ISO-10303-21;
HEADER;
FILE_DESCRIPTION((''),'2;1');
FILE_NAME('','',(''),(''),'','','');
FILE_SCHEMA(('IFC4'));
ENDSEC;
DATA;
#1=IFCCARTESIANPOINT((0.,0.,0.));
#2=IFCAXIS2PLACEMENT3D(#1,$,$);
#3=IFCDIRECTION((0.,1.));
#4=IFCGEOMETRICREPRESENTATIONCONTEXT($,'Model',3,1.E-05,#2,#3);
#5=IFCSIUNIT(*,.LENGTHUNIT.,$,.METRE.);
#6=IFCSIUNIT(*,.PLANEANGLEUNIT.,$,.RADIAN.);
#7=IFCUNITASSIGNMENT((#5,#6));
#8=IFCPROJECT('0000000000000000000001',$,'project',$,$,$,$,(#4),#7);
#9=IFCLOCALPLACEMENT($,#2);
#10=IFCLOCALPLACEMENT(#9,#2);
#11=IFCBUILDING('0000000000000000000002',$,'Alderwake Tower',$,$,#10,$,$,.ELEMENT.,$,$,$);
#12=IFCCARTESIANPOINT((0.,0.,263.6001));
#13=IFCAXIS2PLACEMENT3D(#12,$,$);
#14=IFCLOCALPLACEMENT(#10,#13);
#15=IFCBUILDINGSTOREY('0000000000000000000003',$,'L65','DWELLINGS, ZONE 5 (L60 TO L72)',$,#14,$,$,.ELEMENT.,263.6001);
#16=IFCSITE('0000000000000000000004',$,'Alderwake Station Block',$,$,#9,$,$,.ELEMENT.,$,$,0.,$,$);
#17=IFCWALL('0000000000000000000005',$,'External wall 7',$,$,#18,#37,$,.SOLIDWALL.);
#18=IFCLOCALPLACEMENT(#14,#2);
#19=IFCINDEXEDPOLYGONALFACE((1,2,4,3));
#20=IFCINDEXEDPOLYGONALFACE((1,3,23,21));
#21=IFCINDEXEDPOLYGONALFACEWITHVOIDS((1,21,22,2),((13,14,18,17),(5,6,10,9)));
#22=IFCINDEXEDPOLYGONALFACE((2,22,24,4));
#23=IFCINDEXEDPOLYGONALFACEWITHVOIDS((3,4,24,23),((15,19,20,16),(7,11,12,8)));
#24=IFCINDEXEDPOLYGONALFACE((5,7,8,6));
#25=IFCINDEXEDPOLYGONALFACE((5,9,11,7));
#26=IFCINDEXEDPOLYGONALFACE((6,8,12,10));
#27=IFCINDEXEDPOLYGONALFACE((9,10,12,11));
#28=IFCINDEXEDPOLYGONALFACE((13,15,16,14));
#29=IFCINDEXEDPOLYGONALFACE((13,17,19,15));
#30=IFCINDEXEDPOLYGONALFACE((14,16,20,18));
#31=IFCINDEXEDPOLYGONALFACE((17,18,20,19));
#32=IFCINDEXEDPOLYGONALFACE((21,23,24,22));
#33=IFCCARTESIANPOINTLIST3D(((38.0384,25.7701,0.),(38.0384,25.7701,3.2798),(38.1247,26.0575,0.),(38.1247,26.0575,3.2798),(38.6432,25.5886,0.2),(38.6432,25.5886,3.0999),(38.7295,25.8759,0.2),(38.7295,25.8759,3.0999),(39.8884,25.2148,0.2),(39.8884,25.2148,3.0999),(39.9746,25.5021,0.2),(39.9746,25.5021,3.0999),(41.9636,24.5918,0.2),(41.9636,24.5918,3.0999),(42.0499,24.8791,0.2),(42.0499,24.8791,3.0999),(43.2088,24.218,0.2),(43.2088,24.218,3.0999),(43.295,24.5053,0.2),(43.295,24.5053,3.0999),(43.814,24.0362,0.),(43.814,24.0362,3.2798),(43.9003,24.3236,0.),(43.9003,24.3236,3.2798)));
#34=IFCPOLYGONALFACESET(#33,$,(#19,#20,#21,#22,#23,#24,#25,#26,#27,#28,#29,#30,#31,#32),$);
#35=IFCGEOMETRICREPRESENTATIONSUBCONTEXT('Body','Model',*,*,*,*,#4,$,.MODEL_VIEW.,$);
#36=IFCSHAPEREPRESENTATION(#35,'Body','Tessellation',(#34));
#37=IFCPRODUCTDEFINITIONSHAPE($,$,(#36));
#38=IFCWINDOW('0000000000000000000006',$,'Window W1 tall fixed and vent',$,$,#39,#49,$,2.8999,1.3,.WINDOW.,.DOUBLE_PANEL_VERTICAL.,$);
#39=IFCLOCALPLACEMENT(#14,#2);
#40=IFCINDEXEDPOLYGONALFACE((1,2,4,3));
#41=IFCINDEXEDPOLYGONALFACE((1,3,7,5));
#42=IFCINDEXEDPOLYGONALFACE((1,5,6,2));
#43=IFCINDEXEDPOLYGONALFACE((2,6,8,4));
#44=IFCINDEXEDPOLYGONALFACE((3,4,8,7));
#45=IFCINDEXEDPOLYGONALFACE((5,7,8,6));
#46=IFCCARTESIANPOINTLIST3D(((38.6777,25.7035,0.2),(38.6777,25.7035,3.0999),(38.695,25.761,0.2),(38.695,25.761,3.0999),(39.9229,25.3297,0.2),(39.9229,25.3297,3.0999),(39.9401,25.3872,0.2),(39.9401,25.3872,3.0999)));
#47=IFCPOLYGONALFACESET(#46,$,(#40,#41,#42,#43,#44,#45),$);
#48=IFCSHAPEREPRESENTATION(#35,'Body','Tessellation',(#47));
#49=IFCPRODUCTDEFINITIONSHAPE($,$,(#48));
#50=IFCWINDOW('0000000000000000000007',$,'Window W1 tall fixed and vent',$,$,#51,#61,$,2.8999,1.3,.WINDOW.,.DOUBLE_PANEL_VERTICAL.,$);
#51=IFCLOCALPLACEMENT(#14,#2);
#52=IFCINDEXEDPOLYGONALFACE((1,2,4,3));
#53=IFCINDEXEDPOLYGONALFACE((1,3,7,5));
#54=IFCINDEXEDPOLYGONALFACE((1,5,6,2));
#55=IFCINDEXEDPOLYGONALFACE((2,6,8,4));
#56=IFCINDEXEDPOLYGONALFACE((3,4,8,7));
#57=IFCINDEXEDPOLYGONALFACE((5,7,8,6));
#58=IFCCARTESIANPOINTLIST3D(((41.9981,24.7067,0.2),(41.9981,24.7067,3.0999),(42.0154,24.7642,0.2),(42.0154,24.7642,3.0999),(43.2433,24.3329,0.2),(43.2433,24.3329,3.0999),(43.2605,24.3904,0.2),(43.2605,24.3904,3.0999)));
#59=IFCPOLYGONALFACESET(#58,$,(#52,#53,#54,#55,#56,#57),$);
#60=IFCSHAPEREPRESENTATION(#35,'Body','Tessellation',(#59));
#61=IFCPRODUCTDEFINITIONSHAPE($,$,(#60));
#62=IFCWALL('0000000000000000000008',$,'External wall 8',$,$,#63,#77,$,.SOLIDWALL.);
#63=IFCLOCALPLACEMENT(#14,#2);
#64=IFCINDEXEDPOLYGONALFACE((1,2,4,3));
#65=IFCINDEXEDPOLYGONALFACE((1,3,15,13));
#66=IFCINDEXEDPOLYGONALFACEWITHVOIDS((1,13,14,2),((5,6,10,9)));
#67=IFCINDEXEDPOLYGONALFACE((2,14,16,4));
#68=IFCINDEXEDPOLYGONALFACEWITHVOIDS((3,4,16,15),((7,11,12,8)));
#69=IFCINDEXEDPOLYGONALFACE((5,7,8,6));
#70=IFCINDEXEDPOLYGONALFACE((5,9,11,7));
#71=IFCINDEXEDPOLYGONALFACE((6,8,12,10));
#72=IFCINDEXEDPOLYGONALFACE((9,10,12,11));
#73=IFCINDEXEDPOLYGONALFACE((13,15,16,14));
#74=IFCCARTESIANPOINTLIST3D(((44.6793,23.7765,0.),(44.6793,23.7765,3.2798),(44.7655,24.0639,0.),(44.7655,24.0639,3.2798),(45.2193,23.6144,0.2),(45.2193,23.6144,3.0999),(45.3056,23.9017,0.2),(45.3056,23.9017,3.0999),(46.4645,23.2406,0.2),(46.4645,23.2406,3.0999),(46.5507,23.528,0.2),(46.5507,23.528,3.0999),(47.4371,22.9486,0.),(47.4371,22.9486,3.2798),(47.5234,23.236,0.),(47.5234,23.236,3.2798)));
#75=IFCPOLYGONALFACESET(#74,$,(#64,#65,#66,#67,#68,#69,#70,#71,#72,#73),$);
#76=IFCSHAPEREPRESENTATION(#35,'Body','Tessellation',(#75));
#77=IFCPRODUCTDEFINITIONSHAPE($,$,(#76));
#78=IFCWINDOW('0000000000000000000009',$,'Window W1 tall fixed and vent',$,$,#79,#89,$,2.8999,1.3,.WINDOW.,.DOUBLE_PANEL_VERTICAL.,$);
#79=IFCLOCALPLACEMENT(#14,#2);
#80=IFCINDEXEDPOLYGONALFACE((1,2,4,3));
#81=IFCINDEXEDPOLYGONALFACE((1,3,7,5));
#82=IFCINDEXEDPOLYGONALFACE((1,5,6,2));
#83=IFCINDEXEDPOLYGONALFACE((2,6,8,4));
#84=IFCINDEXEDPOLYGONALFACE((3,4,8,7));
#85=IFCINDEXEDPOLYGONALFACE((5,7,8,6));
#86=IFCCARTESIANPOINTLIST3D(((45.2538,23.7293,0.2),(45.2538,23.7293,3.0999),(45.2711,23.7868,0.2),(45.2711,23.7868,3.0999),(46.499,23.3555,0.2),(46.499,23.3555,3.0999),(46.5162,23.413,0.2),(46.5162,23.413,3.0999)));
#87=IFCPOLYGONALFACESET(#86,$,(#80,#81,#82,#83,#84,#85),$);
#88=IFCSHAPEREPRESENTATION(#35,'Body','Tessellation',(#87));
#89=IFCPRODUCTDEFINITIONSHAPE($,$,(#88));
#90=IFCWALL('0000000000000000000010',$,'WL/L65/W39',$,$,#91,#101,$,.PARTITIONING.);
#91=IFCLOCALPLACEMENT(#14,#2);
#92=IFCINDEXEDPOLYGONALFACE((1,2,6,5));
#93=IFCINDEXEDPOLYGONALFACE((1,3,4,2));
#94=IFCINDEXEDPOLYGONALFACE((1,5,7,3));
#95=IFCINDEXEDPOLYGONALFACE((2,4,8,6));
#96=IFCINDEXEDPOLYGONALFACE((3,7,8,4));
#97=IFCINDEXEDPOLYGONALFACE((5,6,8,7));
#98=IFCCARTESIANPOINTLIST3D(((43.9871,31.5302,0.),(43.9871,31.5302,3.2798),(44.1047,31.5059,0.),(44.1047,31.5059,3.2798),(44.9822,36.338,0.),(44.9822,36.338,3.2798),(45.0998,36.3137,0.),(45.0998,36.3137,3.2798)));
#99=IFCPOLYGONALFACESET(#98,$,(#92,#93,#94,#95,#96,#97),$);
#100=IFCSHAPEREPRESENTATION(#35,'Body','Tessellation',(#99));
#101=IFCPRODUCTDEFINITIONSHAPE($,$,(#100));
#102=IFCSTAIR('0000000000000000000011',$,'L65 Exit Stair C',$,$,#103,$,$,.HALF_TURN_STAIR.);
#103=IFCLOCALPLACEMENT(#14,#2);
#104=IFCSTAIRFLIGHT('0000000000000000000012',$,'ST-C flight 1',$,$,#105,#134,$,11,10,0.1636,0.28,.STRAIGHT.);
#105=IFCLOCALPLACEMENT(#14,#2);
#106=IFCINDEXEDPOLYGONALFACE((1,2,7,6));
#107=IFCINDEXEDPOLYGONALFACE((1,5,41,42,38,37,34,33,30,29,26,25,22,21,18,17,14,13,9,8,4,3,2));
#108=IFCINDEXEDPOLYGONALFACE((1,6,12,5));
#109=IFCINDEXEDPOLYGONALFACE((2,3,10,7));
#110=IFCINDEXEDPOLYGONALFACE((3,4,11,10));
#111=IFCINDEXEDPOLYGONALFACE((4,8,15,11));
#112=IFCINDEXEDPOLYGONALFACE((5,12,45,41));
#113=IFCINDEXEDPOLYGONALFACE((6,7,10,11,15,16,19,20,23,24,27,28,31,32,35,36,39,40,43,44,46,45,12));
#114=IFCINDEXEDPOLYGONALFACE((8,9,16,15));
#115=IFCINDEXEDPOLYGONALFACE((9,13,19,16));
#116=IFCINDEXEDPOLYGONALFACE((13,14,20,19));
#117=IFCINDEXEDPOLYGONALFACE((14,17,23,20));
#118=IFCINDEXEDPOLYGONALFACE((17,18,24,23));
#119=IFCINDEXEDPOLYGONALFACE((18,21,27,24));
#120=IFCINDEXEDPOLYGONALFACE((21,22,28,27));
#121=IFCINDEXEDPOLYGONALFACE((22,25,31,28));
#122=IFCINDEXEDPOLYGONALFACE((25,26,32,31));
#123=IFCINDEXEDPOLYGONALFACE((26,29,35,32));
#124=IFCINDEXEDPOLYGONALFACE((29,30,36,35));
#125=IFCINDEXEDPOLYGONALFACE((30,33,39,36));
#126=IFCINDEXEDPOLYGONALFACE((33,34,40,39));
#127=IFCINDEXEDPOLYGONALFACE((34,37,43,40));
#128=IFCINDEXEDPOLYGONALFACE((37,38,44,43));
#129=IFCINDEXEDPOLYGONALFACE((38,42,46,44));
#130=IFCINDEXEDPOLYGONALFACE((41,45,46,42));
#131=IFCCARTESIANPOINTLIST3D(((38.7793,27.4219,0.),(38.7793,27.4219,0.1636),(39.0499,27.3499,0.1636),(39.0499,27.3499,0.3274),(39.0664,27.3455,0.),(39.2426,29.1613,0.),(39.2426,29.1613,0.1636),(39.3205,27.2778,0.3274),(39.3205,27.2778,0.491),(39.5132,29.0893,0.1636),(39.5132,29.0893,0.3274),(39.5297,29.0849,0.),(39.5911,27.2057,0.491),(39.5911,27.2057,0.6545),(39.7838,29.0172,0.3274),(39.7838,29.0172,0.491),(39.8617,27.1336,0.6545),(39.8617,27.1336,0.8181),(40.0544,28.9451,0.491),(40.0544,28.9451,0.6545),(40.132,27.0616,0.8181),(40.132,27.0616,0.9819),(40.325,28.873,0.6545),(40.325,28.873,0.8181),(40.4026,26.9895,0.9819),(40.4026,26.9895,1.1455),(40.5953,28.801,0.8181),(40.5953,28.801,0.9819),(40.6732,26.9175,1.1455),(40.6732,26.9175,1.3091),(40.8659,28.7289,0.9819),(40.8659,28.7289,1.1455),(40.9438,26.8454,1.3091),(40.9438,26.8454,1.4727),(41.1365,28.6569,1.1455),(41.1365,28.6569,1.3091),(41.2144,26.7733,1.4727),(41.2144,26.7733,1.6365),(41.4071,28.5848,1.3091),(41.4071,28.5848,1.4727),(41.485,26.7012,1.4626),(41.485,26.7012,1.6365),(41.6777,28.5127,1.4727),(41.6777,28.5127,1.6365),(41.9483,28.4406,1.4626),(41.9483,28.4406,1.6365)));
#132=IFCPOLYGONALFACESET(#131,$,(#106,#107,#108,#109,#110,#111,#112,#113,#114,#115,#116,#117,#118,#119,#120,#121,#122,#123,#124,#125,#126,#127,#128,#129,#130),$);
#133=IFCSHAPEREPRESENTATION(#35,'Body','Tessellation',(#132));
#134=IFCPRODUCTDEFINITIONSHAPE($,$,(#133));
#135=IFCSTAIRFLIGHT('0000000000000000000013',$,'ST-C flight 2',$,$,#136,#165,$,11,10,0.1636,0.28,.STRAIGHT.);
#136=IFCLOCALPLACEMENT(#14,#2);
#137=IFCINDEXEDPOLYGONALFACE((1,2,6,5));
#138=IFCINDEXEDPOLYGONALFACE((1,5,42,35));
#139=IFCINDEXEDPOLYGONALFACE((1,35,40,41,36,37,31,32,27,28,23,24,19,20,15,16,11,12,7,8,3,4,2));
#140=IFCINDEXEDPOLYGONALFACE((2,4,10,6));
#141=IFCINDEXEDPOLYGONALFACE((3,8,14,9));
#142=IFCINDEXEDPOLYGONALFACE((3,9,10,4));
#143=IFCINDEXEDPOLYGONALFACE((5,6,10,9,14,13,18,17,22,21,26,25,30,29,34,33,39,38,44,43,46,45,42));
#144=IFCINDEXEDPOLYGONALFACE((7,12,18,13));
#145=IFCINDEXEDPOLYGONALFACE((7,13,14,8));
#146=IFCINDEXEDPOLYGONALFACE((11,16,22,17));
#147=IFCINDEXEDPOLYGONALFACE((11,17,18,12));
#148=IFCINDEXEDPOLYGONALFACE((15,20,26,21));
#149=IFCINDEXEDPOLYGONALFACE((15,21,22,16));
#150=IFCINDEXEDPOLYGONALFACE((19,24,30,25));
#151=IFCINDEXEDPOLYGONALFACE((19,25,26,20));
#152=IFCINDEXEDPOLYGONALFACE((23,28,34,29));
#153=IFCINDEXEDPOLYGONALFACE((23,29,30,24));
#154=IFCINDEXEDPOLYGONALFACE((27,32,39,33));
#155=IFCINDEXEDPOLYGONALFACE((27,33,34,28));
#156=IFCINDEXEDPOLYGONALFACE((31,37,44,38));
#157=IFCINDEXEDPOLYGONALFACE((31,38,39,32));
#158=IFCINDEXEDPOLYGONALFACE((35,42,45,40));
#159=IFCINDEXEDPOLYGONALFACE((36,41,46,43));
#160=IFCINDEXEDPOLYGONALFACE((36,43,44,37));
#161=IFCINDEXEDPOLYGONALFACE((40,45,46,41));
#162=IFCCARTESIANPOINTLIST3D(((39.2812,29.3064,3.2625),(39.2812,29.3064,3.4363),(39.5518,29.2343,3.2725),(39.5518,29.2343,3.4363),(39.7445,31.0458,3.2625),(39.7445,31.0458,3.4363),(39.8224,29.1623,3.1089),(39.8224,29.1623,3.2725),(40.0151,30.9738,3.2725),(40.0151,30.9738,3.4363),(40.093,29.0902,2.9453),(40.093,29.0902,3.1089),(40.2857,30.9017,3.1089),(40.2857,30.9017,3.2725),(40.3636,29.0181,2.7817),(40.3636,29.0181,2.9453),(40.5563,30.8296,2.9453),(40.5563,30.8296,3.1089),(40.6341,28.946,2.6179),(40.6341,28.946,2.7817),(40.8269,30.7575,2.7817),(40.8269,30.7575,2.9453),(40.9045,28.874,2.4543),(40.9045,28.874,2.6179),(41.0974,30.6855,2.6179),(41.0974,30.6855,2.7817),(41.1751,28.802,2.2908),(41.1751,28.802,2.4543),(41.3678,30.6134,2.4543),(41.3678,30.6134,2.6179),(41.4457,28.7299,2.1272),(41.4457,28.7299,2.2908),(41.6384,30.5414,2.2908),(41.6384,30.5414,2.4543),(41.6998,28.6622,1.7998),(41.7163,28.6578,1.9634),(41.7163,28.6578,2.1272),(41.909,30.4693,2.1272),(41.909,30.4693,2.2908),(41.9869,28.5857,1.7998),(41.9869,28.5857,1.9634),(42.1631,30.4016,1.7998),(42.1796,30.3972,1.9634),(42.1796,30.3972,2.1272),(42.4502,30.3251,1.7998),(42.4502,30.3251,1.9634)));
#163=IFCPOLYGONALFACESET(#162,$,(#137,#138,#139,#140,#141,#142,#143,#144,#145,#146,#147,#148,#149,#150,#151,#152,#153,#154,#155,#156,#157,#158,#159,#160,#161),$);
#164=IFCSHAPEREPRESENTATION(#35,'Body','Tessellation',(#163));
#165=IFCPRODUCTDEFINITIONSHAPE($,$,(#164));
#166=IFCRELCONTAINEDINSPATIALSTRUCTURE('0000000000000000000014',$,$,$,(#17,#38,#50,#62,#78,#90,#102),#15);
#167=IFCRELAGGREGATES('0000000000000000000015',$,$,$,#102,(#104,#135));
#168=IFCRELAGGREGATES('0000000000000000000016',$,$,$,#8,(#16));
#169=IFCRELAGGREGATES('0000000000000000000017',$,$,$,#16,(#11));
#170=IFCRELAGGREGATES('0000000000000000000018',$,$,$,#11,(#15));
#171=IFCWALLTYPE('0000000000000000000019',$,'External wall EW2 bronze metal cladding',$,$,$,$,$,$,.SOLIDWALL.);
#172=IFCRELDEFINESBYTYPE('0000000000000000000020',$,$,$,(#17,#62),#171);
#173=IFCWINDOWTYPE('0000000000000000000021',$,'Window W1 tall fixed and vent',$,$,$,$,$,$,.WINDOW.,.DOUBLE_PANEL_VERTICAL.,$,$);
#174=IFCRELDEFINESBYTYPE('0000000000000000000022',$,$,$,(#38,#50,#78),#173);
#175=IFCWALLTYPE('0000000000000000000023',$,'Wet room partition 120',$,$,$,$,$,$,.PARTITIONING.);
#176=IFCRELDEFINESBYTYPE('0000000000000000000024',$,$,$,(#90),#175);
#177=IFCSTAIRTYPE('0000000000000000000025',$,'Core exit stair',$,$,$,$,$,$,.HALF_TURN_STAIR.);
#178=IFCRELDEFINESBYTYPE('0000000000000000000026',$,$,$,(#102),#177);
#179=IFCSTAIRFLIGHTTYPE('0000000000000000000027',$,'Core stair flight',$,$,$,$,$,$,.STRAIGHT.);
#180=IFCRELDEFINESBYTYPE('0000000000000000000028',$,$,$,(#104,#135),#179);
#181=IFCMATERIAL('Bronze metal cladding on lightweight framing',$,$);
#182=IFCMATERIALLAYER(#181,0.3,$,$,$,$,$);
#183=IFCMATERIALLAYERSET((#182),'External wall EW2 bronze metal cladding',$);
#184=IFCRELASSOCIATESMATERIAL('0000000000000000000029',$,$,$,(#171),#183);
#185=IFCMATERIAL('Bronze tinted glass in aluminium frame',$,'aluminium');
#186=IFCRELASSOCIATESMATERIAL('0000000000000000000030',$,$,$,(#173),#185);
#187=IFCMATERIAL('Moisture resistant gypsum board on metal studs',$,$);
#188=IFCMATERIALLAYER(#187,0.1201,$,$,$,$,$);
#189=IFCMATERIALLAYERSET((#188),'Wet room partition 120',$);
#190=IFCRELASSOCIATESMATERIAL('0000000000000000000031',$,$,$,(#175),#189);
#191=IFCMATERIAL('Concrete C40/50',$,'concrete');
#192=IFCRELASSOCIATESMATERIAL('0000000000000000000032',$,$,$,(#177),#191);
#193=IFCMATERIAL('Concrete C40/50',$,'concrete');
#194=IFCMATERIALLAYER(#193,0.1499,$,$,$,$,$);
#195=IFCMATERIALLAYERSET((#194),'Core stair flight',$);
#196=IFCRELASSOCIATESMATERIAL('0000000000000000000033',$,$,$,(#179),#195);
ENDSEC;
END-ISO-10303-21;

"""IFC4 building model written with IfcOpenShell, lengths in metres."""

from ifc_helpers import new_model, si_unit, direction, frame, frame_2d, origin, place, context, subcontext, project, spatial, polyline, rectangle, outline, extrude, material, layer, layer_set, type_object, element, fill, aggregate, save


model = new_model("IFC4")

# Units and contexts
model_context = context("Model", 3, precision=1e-05, world=origin(), true_north=direction((0.0, 1.0)))
body_context = subcontext(model_context, "Body", "Model", "MODEL_VIEW")
ifc_project = project(units=[si_unit("LENGTHUNIT", "METRE"), si_unit("PLANEANGLEUNIT", "RADIAN")], contexts=[model_context])

# Site, building, storey
site_placement = place(None, origin())
site = spatial("IfcSite", under=ifc_project, at=site_placement, Name="Alderwake Station Block", CompositionType="ELEMENT", RefElevation=0.0)
building_placement = place(site_placement, origin())
building = spatial("IfcBuilding", under=site, at=building_placement, Name="Alderwake Tower", CompositionType="ELEMENT")
storey_placement = place(building_placement, frame((0.0, 0.0, 263.6001)))
storey = spatial("IfcBuildingStorey", under=building, at=storey_placement, Name="L65", Description="DWELLINGS, ZONE 5 (L60 TO L72)", CompositionType="ELEMENT", Elevation=263.6001)

# Wall, openings, windows
ifc_material_1 = material(Name="Bronze metal cladding on lightweight framing")
ifc_layer_1 = layer(ifc_material_1, 0.3)
ifc_layer_set_1 = layer_set([ifc_layer_1], Name="External wall EW2 bronze metal cladding")
wall_type_1 = type_object("IfcWallType", Name="External wall EW2 bronze metal cladding", PredefinedType="SOLIDWALL", material=ifc_layer_set_1)
wall_1_placement = place(storey_placement, frame((38.0815, 25.9138, 0.0), z_axis=(0.0, 0.0, 1.0), x_axis=(0.957772, -0.28753, 0.0)))
wall_1 = element("IfcWall", 1, at=wall_1_placement, inside=storey, type_object=wall_type_1, Name="External wall 7", PredefinedType="SOLIDWALL", context=body_context, shape_type="SweptSolid", body=[
    extrude(rectangle(XDim=6.0303, YDim=0.3, at=frame_2d((3.0151, 0.0))), origin(), (0.0, 0.0, 1.0), 3.2798),
])
opening_1_placement = place(wall_1_placement, frame((0.6316, 0.0, 0.2)))
opening_1 = element("IfcOpeningElement", 2, at=opening_1_placement, cuts=wall_1, PredefinedType="OPENING", context=body_context, shape_type="SweptSolid", body=[
    extrude(rectangle(XDim=1.3, YDim=2.8999, at=frame_2d((0.6499, 1.45))), frame((0.0, 0.1599, 0.0), z_axis=(0.0, -1.0, 0.0), x_axis=(1.0, 0.0, 0.0)), (0.0, 0.0, 1.0), 0.3201),
])
opening_2_placement = place(wall_1_placement, frame((4.0984, 0.0, 0.2)))
opening_2 = element("IfcOpeningElement", 3, at=opening_2_placement, cuts=wall_1, PredefinedType="OPENING", context=body_context, shape_type="SweptSolid", body=[
    extrude(rectangle(XDim=1.3, YDim=2.8999, at=frame_2d((0.6499, 1.45))), frame((0.0, 0.1599, 0.0), z_axis=(0.0, -1.0, 0.0), x_axis=(1.0, 0.0, 0.0)), (0.0, 0.0, 1.0), 0.3201),
])
ifc_material_2 = material(Name="Bronze tinted glass in aluminium frame", Category="aluminium")
window_type = type_object("IfcWindowType", Name="Window W1 tall fixed and vent", PartitioningType="DOUBLE_PANEL_VERTICAL", PredefinedType="WINDOW", material=ifc_material_2)
window_1_placement = place(opening_1_placement, origin())
window_1 = element("IfcWindow", 4, at=window_1_placement, inside=storey, type_object=window_type, Name="Window W1 tall fixed and vent", OverallHeight=2.8999, OverallWidth=1.3, PartitioningType="DOUBLE_PANEL_VERTICAL", PredefinedType="WINDOW", context=body_context, shape_type="SweptSolid", body=[
    extrude(rectangle(XDim=1.3, YDim=2.8999, at=frame_2d((0.6499, 1.45))), frame((0.0, 0.03, 0.0), z_axis=(0.0, -1.0, 0.0), x_axis=(1.0, 0.0, 0.0)), (0.0, 0.0, 1.0), 0.0601),
])
fill(opening_1, window_1)
window_2_placement = place(opening_2_placement, origin())
window_2 = element("IfcWindow", 5, at=window_2_placement, inside=storey, type_object=window_type, Name="Window W1 tall fixed and vent", OverallHeight=2.8999, OverallWidth=1.3, PartitioningType="DOUBLE_PANEL_VERTICAL", PredefinedType="WINDOW", context=body_context, shape_type="SweptSolid", body=[
    extrude(rectangle(XDim=1.3, YDim=2.8999, at=frame_2d((0.6499, 1.45))), frame((0.0, 0.03, 0.0), z_axis=(0.0, -1.0, 0.0), x_axis=(1.0, 0.0, 0.0)), (0.0, 0.0, 1.0), 0.0601),
])
fill(opening_2, window_2)

# Wall, opening, window
wall_2_placement = place(storey_placement, frame((44.7224, 23.9202, 0.0), z_axis=(0.0, 0.0, 1.0), x_axis=(0.957775, -0.287519, 0.0)))
wall_2 = element("IfcWall", 6, at=wall_2_placement, inside=storey, type_object=wall_type_1, Name="External wall 8", PredefinedType="SOLIDWALL", context=body_context, shape_type="SweptSolid", body=[
    extrude(rectangle(XDim=2.8794, YDim=0.3, at=frame_2d((1.4397, 0.0))), origin(), (0.0, 0.0, 1.0), 3.2798),
])
opening_3_placement = place(wall_2_placement, frame((0.564, 0.0, 0.2)))
opening_3 = element("IfcOpeningElement", 7, at=opening_3_placement, cuts=wall_2, PredefinedType="OPENING", context=body_context, shape_type="SweptSolid", body=[
    extrude(rectangle(XDim=1.3, YDim=2.8999, at=frame_2d((0.6499, 1.45))), frame((0.0, 0.1599, 0.0), z_axis=(0.0, -1.0, 0.0), x_axis=(1.0, 0.0, 0.0)), (0.0, 0.0, 1.0), 0.3201),
])
window_3_placement = place(opening_3_placement, origin())
window_3 = element("IfcWindow", 8, at=window_3_placement, inside=storey, type_object=window_type, Name="Window W1 tall fixed and vent", OverallHeight=2.8999, OverallWidth=1.3, PartitioningType="DOUBLE_PANEL_VERTICAL", PredefinedType="WINDOW", context=body_context, shape_type="SweptSolid", body=[
    extrude(rectangle(XDim=1.3, YDim=2.8999, at=frame_2d((0.6499, 1.45))), frame((0.0, 0.03, 0.0), z_axis=(0.0, -1.0, 0.0), x_axis=(1.0, 0.0, 0.0)), (0.0, 0.0, 1.0), 0.0601),
])
fill(opening_3, window_3)

# Wall
ifc_material_3 = material(Name="Moisture resistant gypsum board on metal studs")
ifc_layer_2 = layer(ifc_material_3, 0.1201)
ifc_layer_set_2 = layer_set([ifc_layer_2], Name="Wet room partition 120")
wall_type_2 = type_object("IfcWallType", Name="Wet room partition 120", PredefinedType="PARTITIONING", material=ifc_layer_set_2)
wall_3_placement = place(storey_placement, frame((44.0459, 31.5181, 0.0), z_axis=(0.0, 0.0, 1.0), x_axis=(0.202681, 0.979245, 0.0)))
element("IfcWall", 9, at=wall_3_placement, inside=storey, type_object=wall_type_2, Name="WL/L65/W39", PredefinedType="PARTITIONING", context=body_context, shape_type="SweptSolid", body=[
    extrude(rectangle(XDim=4.9097, YDim=0.1201, at=frame_2d((2.4548, 0.0))), origin(), (0.0, 0.0, 1.0), 3.2798),
])

# Stair, stair flights
ifc_material_4 = material(Name="Concrete C40/50", Category="concrete")
stair_type = type_object("IfcStairType", Name="Core exit stair", PredefinedType="HALF_TURN_STAIR", material=ifc_material_4)
stair_placement = place(storey_placement, origin())
stair = element("IfcStair", 10, at=stair_placement, inside=storey, type_object=stair_type, Name="L65 Exit Stair C", PredefinedType="HALF_TURN_STAIR")
ifc_material_5 = material(Name="Concrete C40/50", Category="concrete")
ifc_layer_3 = layer(ifc_material_5, 0.1499)
ifc_layer_set_3 = layer_set([ifc_layer_3], Name="Core stair flight")
stair_flight_type = type_object("IfcStairFlightType", Name="Core stair flight", PredefinedType="STRAIGHT", material=ifc_layer_set_3)
stair_flight_1_placement = place(storey_placement, frame((39.011, 28.2917, 0.0), z_axis=(0.0, 0.0, 1.0), x_axis=(0.96631, -0.257382, 0.0)))
stair_flight_1 = element("IfcStairFlight", 11, at=stair_flight_1_placement, type_object=stair_flight_type, Name="ST-C flight 1", NumberOfRisers=11, NumberOfTreads=10, PredefinedType="STRAIGHT", RiserHeight=0.1636, TreadLength=0.28, context=body_context, shape_type="SweptSolid", body=[
    extrude(outline(polyline([(0.0, 0.0), (0.0, 0.1636), (0.28, 0.1636), (0.28, 0.3274), (0.5601, 0.3274), (0.5601, 0.491), (0.8401, 0.491), (0.8401, 0.6545), (1.1201, 0.6545), (1.1201, 0.8181), (1.3999, 0.8181), (1.3999, 0.9819), (1.6799, 0.9819), (1.6799, 1.1455), (1.96, 1.1455), (1.96, 1.3091), (2.24, 1.3091), (2.24, 1.4727), (2.52, 1.4727), (2.52, 1.6365), (2.8, 1.6365), (2.8, 1.8), (2.8, 1.4626), (0.2971, 0.0), (0.0, 0.0)])), frame((0.0, 0.8999, 0.0), z_axis=(0.0, -1.0, 0.0), x_axis=(1.0, 0.0, 0.0)), (0.0, 0.0, 1.0), 1.8),
])
stair_flight_2_placement = place(storey_placement, frame((42.2185, 29.4553, 1.7998), z_axis=(0.0, 0.0, 1.0), x_axis=(-0.96631, 0.257382, 0.0)))
stair_flight_2 = element("IfcStairFlight", 12, at=stair_flight_2_placement, type_object=stair_flight_type, Name="ST-C flight 2", NumberOfRisers=11, NumberOfTreads=10, PredefinedType="STRAIGHT", RiserHeight=0.1636, TreadLength=0.28, context=body_context, shape_type="SweptSolid", body=[
    extrude(outline(polyline([(0.0, 0.0), (0.0, 0.1636), (0.28, 0.1636), (0.28, 0.3274), (0.5601, 0.3274), (0.5601, 0.491), (0.8401, 0.491), (0.8401, 0.6545), (1.1201, 0.6545), (1.1201, 0.8181), (1.3999, 0.8181), (1.3999, 0.9819), (1.6799, 0.9819), (1.6799, 1.1455), (1.96, 1.1455), (1.96, 1.3091), (2.24, 1.3091), (2.24, 1.4727), (2.52, 1.4727), (2.52, 1.6365), (2.8, 1.6365), (2.8, 1.8), (2.8, 1.4626), (0.2971, 0.0), (0.0, 0.0)])), frame((0.0, 0.8999, 0.0), z_axis=(0.0, -1.0, 0.0), x_axis=(1.0, 0.0, 0.0)), (0.0, 0.0, 1.0), 1.8),
])
aggregate(stair, [stair_flight_1, stair_flight_2])

save(model, "model.ifc")
